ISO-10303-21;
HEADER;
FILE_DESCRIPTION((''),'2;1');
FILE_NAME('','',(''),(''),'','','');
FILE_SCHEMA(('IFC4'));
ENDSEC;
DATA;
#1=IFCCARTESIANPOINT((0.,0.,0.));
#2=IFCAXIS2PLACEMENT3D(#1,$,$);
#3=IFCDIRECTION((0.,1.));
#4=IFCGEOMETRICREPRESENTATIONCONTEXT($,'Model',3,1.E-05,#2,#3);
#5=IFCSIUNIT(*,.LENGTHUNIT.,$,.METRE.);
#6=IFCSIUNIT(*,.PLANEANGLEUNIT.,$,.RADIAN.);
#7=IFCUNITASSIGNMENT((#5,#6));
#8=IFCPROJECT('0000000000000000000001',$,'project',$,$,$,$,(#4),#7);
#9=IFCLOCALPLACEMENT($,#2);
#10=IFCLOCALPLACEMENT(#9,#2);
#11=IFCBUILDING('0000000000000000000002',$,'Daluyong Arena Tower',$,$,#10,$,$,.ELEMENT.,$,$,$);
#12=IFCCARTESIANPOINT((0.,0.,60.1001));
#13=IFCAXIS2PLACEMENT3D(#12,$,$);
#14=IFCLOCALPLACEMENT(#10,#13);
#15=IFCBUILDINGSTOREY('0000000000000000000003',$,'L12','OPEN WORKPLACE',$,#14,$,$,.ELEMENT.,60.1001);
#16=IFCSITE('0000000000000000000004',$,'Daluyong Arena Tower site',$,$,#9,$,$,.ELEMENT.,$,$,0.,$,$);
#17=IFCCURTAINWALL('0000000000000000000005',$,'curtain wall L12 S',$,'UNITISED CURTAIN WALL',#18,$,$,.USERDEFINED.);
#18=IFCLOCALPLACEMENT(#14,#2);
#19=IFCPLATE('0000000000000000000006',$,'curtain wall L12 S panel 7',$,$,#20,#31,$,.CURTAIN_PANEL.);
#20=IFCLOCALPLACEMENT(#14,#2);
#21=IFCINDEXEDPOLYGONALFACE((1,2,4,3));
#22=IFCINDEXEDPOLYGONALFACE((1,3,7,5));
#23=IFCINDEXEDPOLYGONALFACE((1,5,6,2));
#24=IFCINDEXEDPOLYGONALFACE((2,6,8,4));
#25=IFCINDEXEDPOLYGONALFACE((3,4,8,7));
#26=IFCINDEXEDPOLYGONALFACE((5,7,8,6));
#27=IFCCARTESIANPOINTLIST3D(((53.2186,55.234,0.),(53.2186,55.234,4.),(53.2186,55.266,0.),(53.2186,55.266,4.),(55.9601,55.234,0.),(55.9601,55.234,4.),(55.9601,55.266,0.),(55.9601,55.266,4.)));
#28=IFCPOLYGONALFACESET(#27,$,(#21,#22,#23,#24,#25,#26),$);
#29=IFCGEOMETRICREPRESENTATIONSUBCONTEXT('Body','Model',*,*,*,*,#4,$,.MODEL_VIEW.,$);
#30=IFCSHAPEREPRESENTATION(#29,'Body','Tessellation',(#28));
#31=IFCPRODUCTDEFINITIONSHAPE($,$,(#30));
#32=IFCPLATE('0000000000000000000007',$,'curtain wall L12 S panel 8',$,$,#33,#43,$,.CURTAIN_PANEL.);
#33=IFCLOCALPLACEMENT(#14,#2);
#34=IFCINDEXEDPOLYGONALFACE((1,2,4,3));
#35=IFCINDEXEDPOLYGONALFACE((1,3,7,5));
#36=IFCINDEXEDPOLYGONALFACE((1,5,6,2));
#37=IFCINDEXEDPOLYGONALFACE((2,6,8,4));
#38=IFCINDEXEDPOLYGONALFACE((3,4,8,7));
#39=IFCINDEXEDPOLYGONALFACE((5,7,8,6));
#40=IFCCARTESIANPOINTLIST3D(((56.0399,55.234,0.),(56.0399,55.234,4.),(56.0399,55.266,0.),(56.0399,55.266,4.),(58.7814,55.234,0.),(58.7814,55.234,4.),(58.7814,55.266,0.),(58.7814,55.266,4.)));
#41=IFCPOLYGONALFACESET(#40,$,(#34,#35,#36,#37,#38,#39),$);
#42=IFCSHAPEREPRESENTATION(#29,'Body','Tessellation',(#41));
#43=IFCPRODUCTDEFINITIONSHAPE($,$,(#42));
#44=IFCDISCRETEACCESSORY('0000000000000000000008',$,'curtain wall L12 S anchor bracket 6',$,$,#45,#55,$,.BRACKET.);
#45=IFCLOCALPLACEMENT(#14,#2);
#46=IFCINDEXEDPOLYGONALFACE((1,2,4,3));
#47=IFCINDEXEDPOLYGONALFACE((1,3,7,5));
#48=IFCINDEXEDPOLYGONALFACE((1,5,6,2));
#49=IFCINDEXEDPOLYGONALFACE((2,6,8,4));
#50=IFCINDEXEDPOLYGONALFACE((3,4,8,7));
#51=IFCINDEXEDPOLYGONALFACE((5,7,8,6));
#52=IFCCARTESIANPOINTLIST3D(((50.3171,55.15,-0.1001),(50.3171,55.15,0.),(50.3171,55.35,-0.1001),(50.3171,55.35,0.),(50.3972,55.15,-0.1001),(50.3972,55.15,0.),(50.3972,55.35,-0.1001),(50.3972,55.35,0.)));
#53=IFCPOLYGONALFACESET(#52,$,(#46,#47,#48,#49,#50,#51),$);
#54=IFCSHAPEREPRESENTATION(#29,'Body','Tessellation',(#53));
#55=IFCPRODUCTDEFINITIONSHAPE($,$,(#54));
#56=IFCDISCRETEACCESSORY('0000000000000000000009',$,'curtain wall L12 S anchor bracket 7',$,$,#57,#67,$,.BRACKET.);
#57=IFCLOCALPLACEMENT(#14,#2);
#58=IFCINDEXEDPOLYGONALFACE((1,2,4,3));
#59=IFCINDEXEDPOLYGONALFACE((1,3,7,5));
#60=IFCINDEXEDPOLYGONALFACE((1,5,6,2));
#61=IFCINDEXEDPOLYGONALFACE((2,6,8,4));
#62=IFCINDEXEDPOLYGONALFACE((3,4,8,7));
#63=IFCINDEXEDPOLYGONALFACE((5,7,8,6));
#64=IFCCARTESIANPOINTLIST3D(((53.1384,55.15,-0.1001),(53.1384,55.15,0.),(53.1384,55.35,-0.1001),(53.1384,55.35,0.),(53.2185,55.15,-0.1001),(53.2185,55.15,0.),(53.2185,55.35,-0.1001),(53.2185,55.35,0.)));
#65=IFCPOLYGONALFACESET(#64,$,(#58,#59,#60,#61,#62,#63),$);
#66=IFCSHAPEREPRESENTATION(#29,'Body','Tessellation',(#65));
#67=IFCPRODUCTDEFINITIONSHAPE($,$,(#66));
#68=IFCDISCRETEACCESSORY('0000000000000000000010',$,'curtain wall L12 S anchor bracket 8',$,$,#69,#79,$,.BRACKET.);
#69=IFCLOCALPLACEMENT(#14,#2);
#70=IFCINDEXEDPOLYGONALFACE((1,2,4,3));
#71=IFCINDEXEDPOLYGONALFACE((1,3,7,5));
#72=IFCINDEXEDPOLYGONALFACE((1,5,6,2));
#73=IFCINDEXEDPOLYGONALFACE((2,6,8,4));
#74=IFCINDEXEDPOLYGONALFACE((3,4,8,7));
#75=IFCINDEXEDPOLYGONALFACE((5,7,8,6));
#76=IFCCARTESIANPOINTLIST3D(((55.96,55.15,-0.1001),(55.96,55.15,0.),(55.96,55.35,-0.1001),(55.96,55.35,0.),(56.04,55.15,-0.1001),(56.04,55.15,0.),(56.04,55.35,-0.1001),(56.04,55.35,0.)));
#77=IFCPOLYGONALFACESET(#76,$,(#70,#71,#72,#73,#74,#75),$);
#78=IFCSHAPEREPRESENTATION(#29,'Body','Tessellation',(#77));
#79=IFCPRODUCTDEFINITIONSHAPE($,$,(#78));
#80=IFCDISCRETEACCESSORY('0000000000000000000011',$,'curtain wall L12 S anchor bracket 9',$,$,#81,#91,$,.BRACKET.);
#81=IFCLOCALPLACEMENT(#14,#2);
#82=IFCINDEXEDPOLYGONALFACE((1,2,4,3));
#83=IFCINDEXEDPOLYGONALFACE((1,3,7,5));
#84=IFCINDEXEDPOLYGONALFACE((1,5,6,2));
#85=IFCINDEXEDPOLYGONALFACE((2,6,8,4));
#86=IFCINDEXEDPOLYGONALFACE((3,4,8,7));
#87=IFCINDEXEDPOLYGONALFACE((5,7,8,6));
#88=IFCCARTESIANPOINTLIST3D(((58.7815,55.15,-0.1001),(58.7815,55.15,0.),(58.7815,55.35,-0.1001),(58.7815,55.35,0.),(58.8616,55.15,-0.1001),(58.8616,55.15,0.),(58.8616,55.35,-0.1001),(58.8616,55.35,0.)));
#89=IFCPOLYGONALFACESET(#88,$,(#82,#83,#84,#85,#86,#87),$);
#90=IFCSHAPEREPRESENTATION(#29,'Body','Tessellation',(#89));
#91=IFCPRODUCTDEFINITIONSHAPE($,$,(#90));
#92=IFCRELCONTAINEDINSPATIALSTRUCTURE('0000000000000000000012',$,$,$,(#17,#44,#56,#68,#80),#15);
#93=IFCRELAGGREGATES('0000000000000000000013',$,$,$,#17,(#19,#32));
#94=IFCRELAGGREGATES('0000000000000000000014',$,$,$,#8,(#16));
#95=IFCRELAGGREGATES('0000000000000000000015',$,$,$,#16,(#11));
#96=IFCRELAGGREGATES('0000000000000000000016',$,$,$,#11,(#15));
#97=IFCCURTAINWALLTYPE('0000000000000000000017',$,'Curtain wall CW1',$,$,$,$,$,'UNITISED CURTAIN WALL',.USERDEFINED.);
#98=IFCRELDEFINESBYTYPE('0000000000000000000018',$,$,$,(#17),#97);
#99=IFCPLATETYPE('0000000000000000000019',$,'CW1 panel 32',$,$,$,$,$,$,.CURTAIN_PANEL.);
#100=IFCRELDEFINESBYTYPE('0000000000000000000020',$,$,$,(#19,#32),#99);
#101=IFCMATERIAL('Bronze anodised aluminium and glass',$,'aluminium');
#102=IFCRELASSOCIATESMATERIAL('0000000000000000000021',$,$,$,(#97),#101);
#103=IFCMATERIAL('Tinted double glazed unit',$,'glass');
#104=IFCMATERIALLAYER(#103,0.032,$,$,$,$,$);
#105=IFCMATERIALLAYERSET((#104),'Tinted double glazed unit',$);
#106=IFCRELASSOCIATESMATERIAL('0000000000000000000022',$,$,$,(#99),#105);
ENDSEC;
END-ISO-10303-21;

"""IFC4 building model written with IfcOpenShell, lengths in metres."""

from ifc_helpers import new_model, si_unit, direction, frame, origin, origin_2d, place, context, subcontext, project, spatial, rectangle, extrude, material, layer, layer_set, type_object, element, aggregate, save


model = new_model("IFC4")

# Units and contexts
model_context = context("Model", 3, precision=1e-05, world=origin(), true_north=direction((0.0, 1.0)))
body_context = subcontext(model_context, "Body", "Model", "MODEL_VIEW")
ifc_project = project(units=[si_unit("LENGTHUNIT", "METRE"), si_unit("PLANEANGLEUNIT", "RADIAN")], contexts=[model_context])

# Site, building, storey
site_placement = place(None, origin())
site = spatial("IfcSite", under=ifc_project, at=site_placement, Name="Daluyong Arena Tower site", CompositionType="ELEMENT", RefElevation=0.0)
building_placement = place(site_placement, origin())
building = spatial("IfcBuilding", under=site, at=building_placement, Name="Daluyong Arena Tower", CompositionType="ELEMENT")
storey_placement = place(building_placement, frame((0.0, 0.0, 60.1001)))
storey = spatial("IfcBuildingStorey", under=building, at=storey_placement, Name="L12", Description="OPEN WORKPLACE", CompositionType="ELEMENT", Elevation=60.1001)

# Curtain wall
ifc_material_1 = material(Name="Bronze anodised aluminium and glass", Category="aluminium")
curtain_wall_type = type_object("IfcCurtainWallType", Name="Curtain wall CW1", ElementType="UNITISED CURTAIN WALL", PredefinedType="USERDEFINED", material=ifc_material_1)
curtain_wall_placement = place(storey_placement, origin())
curtain_wall = element("IfcCurtainWall", 1, at=curtain_wall_placement, inside=storey, type_object=curtain_wall_type, Name="curtain wall L12 S", ObjectType="UNITISED CURTAIN WALL", PredefinedType="USERDEFINED")

# Plates
ifc_material_2 = material(Name="Tinted double glazed unit", Category="glass")
ifc_layer = layer(ifc_material_2, 0.032)
ifc_layer_set = layer_set([ifc_layer], Name="Tinted double glazed unit")
plate_type = type_object("IfcPlateType", Name="CW1 panel 32", PredefinedType="CURTAIN_PANEL", material=ifc_layer_set)
plate_1_placement = place(storey_placement, frame((54.5894, 55.25, 0.0), z_axis=(0.0, 0.0, 1.0), x_axis=(1.0, 0.0, 0.0)))
plate_1 = element("IfcPlate", 2, at=plate_1_placement, type_object=plate_type, Name="curtain wall L12 S panel 7", PredefinedType="CURTAIN_PANEL", context=body_context, shape_type="SweptSolid", body=[
    extrude(rectangle(XDim=2.7415, YDim=0.032, at=origin_2d()), origin(), (0.0, 0.0, 1.0), 4.0),
])
plate_2_placement = place(storey_placement, frame((57.4106, 55.25, 0.0), z_axis=(0.0, 0.0, 1.0), x_axis=(1.0, 0.0, 0.0)))
plate_2 = element("IfcPlate", 3, at=plate_2_placement, type_object=plate_type, Name="curtain wall L12 S panel 8", PredefinedType="CURTAIN_PANEL", context=body_context, shape_type="SweptSolid", body=[
    extrude(rectangle(XDim=2.7415, YDim=0.032, at=origin_2d()), origin(), (0.0, 0.0, 1.0), 4.0),
])
aggregate(curtain_wall, [plate_1, plate_2])

# Discrete accessories
for number, where, z_axis, x_axis, name in (
    (4, (50.3572, 55.25, -0.1001), (0.0, 0.0, 1.0), (1.0, 0.0, 0.0), "curtain wall L12 S anchor bracket 6"),
    (5, (53.1785, 55.25, -0.1001), (0.0, 0.0, 1.0), (1.0, 0.0, 0.0), "curtain wall L12 S anchor bracket 7"),
    (6, (56.0, 55.25, -0.1001), (0.0, 0.0, 1.0), (1.0, 0.0, 0.0), "curtain wall L12 S anchor bracket 8"),
    (7, (58.8215, 55.25, -0.1001), (0.0, 0.0, 1.0), (1.0, 0.0, 0.0), "curtain wall L12 S anchor bracket 9"),
):
    element("IfcDiscreteAccessory", number, at=place(storey_placement, frame(where, z_axis=z_axis, x_axis=x_axis)), inside=storey, Name=name, PredefinedType="BRACKET", context=body_context, shape_type="SweptSolid", body=[
        extrude(rectangle(XDim=0.0801, YDim=0.2, at=origin_2d()), origin(), (0.0, 0.0, 1.0), 0.1001),
    ])

save(model, "model.ifc")
